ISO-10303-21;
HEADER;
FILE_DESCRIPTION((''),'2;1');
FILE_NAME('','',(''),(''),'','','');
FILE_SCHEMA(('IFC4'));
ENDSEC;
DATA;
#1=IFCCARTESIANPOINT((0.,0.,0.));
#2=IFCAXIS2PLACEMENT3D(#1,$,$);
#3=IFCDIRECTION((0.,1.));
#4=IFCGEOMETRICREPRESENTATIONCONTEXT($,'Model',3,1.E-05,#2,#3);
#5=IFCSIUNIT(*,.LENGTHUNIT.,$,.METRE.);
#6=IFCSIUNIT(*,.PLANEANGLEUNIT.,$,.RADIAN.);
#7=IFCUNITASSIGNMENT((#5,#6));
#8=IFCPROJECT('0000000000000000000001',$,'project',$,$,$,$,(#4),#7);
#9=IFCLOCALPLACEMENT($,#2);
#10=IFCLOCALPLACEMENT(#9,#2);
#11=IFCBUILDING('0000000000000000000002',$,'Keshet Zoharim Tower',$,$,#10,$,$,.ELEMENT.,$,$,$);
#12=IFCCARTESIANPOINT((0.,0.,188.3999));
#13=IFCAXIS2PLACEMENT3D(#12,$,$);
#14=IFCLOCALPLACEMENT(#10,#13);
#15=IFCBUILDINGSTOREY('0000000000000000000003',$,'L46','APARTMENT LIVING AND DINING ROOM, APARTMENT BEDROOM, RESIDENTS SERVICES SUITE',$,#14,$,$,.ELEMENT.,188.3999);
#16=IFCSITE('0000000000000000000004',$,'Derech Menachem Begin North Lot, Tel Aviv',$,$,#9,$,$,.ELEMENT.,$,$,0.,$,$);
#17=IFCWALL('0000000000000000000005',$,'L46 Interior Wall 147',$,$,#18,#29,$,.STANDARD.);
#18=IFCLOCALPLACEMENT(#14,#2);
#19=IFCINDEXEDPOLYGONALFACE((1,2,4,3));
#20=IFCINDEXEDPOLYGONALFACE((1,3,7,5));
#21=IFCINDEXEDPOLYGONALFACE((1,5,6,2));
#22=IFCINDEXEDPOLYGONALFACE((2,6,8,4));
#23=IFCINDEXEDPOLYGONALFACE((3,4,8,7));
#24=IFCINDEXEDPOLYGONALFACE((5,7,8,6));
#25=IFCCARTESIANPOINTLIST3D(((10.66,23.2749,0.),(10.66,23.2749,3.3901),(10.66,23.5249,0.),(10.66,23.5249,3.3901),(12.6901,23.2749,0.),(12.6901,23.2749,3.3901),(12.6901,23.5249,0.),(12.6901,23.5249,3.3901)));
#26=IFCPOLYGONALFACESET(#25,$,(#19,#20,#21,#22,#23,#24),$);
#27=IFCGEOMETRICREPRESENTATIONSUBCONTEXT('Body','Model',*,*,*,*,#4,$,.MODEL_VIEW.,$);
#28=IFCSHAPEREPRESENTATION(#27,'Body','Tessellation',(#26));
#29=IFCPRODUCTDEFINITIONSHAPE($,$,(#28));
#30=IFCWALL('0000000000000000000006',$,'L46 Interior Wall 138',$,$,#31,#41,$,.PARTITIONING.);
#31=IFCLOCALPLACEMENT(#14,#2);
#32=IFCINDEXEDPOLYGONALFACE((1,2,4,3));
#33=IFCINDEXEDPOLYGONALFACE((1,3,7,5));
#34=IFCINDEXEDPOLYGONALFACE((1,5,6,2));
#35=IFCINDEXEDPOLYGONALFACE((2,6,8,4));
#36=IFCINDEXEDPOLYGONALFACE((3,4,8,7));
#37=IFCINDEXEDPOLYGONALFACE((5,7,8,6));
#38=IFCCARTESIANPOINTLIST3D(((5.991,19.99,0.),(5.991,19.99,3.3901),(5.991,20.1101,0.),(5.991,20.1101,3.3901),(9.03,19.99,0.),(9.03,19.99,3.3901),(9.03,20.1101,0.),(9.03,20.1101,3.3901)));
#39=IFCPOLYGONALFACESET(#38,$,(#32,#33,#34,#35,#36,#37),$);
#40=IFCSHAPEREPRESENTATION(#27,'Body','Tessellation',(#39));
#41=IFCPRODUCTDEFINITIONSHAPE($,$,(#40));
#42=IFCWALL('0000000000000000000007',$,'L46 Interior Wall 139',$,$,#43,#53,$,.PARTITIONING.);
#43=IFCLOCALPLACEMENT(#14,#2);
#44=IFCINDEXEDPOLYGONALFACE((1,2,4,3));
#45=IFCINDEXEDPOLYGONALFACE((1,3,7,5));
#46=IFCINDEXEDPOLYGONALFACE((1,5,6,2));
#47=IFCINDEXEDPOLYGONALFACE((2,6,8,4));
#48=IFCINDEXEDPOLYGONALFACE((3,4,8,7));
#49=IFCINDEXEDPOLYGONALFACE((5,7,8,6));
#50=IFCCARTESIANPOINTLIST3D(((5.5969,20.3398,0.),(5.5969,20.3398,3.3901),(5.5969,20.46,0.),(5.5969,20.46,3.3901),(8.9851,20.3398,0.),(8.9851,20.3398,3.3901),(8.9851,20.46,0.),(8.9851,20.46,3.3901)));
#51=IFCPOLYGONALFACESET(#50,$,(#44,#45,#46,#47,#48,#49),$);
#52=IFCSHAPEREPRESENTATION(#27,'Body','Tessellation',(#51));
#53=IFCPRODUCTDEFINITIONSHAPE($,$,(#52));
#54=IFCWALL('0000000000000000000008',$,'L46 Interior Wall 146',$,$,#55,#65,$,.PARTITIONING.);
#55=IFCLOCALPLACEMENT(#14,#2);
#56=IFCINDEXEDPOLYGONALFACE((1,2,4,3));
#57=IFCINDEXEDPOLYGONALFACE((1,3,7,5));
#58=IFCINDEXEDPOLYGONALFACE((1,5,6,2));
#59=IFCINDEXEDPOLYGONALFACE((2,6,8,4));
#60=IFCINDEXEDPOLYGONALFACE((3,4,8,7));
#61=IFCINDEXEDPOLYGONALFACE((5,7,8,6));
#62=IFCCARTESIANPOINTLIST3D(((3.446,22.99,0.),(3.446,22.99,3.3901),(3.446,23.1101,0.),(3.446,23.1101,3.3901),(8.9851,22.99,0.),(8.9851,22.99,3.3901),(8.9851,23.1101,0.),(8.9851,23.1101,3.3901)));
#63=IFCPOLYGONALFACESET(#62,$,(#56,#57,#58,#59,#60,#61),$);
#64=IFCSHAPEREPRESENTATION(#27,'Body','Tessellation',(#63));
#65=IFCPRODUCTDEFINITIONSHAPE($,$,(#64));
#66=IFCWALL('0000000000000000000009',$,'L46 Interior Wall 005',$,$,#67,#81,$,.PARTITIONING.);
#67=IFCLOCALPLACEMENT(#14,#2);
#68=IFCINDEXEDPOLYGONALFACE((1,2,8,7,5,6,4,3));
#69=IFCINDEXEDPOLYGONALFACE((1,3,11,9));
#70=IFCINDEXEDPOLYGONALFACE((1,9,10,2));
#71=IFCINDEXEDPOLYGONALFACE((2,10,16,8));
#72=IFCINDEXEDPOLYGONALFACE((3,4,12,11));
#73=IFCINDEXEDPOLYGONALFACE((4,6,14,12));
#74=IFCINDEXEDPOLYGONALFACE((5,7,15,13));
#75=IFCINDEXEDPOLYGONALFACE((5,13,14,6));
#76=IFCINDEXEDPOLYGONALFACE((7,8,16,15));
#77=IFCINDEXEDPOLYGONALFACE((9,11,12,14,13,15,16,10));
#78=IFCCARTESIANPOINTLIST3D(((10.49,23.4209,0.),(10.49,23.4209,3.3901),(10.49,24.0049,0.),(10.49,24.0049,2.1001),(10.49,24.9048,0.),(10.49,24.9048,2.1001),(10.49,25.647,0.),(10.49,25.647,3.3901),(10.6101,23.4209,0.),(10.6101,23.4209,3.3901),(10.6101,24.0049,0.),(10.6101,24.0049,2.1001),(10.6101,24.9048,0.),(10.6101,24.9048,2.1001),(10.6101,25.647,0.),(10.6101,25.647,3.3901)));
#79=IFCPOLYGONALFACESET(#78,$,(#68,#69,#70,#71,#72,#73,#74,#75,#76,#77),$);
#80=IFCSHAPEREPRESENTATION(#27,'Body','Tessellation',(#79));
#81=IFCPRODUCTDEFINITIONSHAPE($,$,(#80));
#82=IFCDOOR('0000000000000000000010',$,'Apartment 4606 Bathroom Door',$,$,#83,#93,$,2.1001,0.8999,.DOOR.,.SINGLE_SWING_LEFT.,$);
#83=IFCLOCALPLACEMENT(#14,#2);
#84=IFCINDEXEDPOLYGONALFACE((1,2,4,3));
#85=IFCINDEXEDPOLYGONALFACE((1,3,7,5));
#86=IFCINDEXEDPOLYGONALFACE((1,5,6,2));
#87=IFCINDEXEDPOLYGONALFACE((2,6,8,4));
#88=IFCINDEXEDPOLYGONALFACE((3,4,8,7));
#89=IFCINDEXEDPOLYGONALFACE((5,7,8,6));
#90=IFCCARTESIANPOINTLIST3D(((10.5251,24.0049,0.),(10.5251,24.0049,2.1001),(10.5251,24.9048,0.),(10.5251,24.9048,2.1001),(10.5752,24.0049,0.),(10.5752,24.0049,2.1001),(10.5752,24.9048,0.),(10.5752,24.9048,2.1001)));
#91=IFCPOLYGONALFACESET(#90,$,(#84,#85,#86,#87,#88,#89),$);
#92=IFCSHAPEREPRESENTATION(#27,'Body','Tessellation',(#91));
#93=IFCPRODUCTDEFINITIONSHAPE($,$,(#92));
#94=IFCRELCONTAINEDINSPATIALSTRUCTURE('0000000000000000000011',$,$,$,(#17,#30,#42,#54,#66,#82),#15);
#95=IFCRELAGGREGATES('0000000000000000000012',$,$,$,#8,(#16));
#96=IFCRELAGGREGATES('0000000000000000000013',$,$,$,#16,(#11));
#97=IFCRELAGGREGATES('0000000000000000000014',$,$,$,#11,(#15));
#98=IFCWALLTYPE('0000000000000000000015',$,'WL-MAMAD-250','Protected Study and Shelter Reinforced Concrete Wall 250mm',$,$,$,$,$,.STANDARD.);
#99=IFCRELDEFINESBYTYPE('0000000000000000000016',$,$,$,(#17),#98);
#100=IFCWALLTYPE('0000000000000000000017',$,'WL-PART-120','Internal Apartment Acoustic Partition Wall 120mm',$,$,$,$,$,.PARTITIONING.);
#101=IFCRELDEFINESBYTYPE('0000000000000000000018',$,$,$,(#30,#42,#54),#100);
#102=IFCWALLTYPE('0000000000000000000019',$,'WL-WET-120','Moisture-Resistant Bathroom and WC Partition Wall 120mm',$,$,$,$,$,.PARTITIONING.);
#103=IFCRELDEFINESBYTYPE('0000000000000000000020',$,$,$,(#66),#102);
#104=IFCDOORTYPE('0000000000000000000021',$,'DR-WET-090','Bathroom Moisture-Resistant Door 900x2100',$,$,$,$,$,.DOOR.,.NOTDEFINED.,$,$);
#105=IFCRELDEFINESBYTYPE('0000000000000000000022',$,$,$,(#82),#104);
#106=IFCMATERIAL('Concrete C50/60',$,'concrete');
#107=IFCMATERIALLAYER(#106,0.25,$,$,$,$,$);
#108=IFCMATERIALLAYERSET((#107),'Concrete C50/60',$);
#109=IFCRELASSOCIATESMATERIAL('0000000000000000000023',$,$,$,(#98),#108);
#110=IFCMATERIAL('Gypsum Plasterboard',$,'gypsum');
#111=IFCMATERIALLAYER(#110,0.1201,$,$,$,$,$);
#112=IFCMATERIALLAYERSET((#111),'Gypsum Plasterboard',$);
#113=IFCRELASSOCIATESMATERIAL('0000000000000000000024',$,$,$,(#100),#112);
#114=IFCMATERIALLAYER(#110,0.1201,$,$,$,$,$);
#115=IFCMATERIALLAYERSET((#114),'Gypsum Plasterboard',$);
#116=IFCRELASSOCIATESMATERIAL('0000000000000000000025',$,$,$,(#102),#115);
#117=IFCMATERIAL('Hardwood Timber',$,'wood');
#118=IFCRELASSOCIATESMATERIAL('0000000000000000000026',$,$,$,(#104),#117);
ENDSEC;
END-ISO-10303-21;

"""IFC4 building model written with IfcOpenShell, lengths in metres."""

from ifc_helpers import new_model, si_unit, direction, frame, frame_2d, origin, place, context, subcontext, project, spatial, rectangle, extrude, material, layer, layer_set, type_object, element, fill, save


model = new_model("IFC4")

# Units and contexts
model_context = context("Model", 3, precision=1e-05, world=origin(), true_north=direction((0.0, 1.0)))
body_context = subcontext(model_context, "Body", "Model", "MODEL_VIEW")
ifc_project = project(units=[si_unit("LENGTHUNIT", "METRE"), si_unit("PLANEANGLEUNIT", "RADIAN")], contexts=[model_context])

# Site, building, storey
site_placement = place(None, origin())
site = spatial("IfcSite", under=ifc_project, at=site_placement, Name="Derech Menachem Begin North Lot, Tel Aviv", CompositionType="ELEMENT", RefElevation=0.0)
building_placement = place(site_placement, origin())
building = spatial("IfcBuilding", under=site, at=building_placement, Name="Keshet Zoharim Tower", CompositionType="ELEMENT")
storey_placement = place(building_placement, frame((0.0, 0.0, 188.3999)))
storey = spatial("IfcBuildingStorey", under=building, at=storey_placement, Name="L46", Description="APARTMENT LIVING AND DINING ROOM, APARTMENT BEDROOM, RESIDENTS SERVICES SUITE", CompositionType="ELEMENT", Elevation=188.3999)

# Shared definitions
ifc_material_1 = material(Name="Gypsum Plasterboard", Category="gypsum")

# Shared definitions
ifc_material_2 = material(Name="Concrete C50/60", Category="concrete")
ifc_layer_1 = layer(ifc_material_2, 0.25)
ifc_layer_set_1 = layer_set([ifc_layer_1], Name="Concrete C50/60")
wall_type_1 = type_object("IfcWallType", Name="WL-MAMAD-250", Description="Protected Study and Shelter Reinforced Concrete Wall 250mm", PredefinedType="STANDARD", material=ifc_layer_set_1)
ifc_material_3 = material(Name="Hardwood Timber", Category="wood")

# Wall
for number, where, z_axis, x_axis, name in (
    (1, (10.6599, 23.3999, 0.0), (0.0, 0.0, 1.0), (1.0, 0.0, 0.0), "L46 Interior Wall 147"),
):
    element("IfcWall", number, at=place(storey_placement, frame(where, z_axis=z_axis, x_axis=x_axis)), inside=storey, type_object=wall_type_1, Name=name, PredefinedType="STANDARD", context=body_context, shape_type="SweptSolid", body=[
        extrude(rectangle(XDim=2.03, YDim=0.25, at=frame_2d((1.0151, 0.0))), origin(), (0.0, 0.0, 1.0), 3.3901),
    ])

# Shared definitions
ifc_layer_2 = layer(ifc_material_1, 0.1201)
ifc_layer_set_2 = layer_set([ifc_layer_2], Name="Gypsum Plasterboard")
wall_type_2 = type_object("IfcWallType", Name="WL-PART-120", Description="Internal Apartment Acoustic Partition Wall 120mm", PredefinedType="PARTITIONING", material=ifc_layer_set_2)

# Walls
wall_1_placement = place(storey_placement, frame((5.991, 20.05, 0.0), z_axis=(0.0, 0.0, 1.0), x_axis=(1.0, 0.0, 0.0)))
element("IfcWall", 2, at=wall_1_placement, inside=storey, type_object=wall_type_2, Name="L46 Interior Wall 138", PredefinedType="PARTITIONING", context=body_context, shape_type="SweptSolid", body=[
    extrude(rectangle(XDim=3.0391, YDim=0.1201, at=frame_2d((1.5195, 0.0))), origin(), (0.0, 0.0, 1.0), 3.3901),
])
wall_2_placement = place(storey_placement, frame((5.5969, 20.3999, 0.0), z_axis=(0.0, 0.0, 1.0), x_axis=(1.0, 0.0, 0.0)))
element("IfcWall", 3, at=wall_2_placement, inside=storey, type_object=wall_type_2, Name="L46 Interior Wall 139", PredefinedType="PARTITIONING", context=body_context, shape_type="SweptSolid", body=[
    extrude(rectangle(XDim=3.3882, YDim=0.1201, at=frame_2d((1.6941, 0.0))), origin(), (0.0, 0.0, 1.0), 3.3901),
])
wall_3_placement = place(storey_placement, frame((3.446, 23.05, 0.0), z_axis=(0.0, 0.0, 1.0), x_axis=(1.0, 0.0, 0.0)))
element("IfcWall", 4, at=wall_3_placement, inside=storey, type_object=wall_type_2, Name="L46 Interior Wall 146", PredefinedType="PARTITIONING", context=body_context, shape_type="SweptSolid", body=[
    extrude(rectangle(XDim=5.5391, YDim=0.1201, at=frame_2d((2.7695, 0.0))), origin(), (0.0, 0.0, 1.0), 3.3901),
])

# Wall, opening, door
ifc_layer_3 = layer(ifc_material_1, 0.1201)
ifc_layer_set_3 = layer_set([ifc_layer_3], Name="Gypsum Plasterboard")
wall_type_3 = type_object("IfcWallType", Name="WL-WET-120", Description="Moisture-Resistant Bathroom and WC Partition Wall 120mm", PredefinedType="PARTITIONING", material=ifc_layer_set_3)
wall_4_placement = place(storey_placement, frame((10.55, 23.4209, 0.0), z_axis=(0.0, 0.0, 1.0), x_axis=(0.0, 1.0, 0.0)))
wall_4 = element("IfcWall", 5, at=wall_4_placement, inside=storey, type_object=wall_type_3, Name="L46 Interior Wall 005", PredefinedType="PARTITIONING", context=body_context, shape_type="SweptSolid", body=[
    extrude(rectangle(XDim=2.2261, YDim=0.1201, at=frame_2d((1.113, 0.0))), origin(), (0.0, 0.0, 1.0), 3.3901),
])
opening_1_placement = place(wall_4_placement, frame((0.584, 0.0, 0.0)))
opening_1 = element("IfcOpeningElement", 6, at=opening_1_placement, cuts=wall_4, PredefinedType="OPENING", context=body_context, shape_type="SweptSolid", body=[
    extrude(rectangle(XDim=0.8999, YDim=2.1001, at=frame_2d((0.45, 1.05))), frame((0.0, 0.0701, 0.0), z_axis=(0.0, -1.0, 0.0), x_axis=(1.0, 0.0, 0.0)), (0.0, 0.0, 1.0), 0.1401),
])
door_type_1 = type_object("IfcDoorType", Name="DR-WET-090", Description="Bathroom Moisture-Resistant Door 900x2100", OperationType="NOTDEFINED", PredefinedType="DOOR", material=ifc_material_3)
door_1_placement = place(opening_1_placement, origin())
door_1 = element("IfcDoor", 7, at=door_1_placement, inside=storey, type_object=door_type_1, Name="Apartment 4606 Bathroom Door", OperationType="SINGLE_SWING_LEFT", OverallHeight=2.1001, OverallWidth=0.8999, PredefinedType="DOOR", context=body_context, shape_type="SweptSolid", body=[
    extrude(rectangle(XDim=0.8999, YDim=2.1001, at=frame_2d((0.45, 1.05))), frame((0.0, 0.0249, 0.0), z_axis=(0.0, -1.0, 0.0), x_axis=(1.0, 0.0, 0.0)), (0.0, 0.0, 1.0), 0.05),
])
fill(opening_1, door_1)

save(model, "model.ifc")
